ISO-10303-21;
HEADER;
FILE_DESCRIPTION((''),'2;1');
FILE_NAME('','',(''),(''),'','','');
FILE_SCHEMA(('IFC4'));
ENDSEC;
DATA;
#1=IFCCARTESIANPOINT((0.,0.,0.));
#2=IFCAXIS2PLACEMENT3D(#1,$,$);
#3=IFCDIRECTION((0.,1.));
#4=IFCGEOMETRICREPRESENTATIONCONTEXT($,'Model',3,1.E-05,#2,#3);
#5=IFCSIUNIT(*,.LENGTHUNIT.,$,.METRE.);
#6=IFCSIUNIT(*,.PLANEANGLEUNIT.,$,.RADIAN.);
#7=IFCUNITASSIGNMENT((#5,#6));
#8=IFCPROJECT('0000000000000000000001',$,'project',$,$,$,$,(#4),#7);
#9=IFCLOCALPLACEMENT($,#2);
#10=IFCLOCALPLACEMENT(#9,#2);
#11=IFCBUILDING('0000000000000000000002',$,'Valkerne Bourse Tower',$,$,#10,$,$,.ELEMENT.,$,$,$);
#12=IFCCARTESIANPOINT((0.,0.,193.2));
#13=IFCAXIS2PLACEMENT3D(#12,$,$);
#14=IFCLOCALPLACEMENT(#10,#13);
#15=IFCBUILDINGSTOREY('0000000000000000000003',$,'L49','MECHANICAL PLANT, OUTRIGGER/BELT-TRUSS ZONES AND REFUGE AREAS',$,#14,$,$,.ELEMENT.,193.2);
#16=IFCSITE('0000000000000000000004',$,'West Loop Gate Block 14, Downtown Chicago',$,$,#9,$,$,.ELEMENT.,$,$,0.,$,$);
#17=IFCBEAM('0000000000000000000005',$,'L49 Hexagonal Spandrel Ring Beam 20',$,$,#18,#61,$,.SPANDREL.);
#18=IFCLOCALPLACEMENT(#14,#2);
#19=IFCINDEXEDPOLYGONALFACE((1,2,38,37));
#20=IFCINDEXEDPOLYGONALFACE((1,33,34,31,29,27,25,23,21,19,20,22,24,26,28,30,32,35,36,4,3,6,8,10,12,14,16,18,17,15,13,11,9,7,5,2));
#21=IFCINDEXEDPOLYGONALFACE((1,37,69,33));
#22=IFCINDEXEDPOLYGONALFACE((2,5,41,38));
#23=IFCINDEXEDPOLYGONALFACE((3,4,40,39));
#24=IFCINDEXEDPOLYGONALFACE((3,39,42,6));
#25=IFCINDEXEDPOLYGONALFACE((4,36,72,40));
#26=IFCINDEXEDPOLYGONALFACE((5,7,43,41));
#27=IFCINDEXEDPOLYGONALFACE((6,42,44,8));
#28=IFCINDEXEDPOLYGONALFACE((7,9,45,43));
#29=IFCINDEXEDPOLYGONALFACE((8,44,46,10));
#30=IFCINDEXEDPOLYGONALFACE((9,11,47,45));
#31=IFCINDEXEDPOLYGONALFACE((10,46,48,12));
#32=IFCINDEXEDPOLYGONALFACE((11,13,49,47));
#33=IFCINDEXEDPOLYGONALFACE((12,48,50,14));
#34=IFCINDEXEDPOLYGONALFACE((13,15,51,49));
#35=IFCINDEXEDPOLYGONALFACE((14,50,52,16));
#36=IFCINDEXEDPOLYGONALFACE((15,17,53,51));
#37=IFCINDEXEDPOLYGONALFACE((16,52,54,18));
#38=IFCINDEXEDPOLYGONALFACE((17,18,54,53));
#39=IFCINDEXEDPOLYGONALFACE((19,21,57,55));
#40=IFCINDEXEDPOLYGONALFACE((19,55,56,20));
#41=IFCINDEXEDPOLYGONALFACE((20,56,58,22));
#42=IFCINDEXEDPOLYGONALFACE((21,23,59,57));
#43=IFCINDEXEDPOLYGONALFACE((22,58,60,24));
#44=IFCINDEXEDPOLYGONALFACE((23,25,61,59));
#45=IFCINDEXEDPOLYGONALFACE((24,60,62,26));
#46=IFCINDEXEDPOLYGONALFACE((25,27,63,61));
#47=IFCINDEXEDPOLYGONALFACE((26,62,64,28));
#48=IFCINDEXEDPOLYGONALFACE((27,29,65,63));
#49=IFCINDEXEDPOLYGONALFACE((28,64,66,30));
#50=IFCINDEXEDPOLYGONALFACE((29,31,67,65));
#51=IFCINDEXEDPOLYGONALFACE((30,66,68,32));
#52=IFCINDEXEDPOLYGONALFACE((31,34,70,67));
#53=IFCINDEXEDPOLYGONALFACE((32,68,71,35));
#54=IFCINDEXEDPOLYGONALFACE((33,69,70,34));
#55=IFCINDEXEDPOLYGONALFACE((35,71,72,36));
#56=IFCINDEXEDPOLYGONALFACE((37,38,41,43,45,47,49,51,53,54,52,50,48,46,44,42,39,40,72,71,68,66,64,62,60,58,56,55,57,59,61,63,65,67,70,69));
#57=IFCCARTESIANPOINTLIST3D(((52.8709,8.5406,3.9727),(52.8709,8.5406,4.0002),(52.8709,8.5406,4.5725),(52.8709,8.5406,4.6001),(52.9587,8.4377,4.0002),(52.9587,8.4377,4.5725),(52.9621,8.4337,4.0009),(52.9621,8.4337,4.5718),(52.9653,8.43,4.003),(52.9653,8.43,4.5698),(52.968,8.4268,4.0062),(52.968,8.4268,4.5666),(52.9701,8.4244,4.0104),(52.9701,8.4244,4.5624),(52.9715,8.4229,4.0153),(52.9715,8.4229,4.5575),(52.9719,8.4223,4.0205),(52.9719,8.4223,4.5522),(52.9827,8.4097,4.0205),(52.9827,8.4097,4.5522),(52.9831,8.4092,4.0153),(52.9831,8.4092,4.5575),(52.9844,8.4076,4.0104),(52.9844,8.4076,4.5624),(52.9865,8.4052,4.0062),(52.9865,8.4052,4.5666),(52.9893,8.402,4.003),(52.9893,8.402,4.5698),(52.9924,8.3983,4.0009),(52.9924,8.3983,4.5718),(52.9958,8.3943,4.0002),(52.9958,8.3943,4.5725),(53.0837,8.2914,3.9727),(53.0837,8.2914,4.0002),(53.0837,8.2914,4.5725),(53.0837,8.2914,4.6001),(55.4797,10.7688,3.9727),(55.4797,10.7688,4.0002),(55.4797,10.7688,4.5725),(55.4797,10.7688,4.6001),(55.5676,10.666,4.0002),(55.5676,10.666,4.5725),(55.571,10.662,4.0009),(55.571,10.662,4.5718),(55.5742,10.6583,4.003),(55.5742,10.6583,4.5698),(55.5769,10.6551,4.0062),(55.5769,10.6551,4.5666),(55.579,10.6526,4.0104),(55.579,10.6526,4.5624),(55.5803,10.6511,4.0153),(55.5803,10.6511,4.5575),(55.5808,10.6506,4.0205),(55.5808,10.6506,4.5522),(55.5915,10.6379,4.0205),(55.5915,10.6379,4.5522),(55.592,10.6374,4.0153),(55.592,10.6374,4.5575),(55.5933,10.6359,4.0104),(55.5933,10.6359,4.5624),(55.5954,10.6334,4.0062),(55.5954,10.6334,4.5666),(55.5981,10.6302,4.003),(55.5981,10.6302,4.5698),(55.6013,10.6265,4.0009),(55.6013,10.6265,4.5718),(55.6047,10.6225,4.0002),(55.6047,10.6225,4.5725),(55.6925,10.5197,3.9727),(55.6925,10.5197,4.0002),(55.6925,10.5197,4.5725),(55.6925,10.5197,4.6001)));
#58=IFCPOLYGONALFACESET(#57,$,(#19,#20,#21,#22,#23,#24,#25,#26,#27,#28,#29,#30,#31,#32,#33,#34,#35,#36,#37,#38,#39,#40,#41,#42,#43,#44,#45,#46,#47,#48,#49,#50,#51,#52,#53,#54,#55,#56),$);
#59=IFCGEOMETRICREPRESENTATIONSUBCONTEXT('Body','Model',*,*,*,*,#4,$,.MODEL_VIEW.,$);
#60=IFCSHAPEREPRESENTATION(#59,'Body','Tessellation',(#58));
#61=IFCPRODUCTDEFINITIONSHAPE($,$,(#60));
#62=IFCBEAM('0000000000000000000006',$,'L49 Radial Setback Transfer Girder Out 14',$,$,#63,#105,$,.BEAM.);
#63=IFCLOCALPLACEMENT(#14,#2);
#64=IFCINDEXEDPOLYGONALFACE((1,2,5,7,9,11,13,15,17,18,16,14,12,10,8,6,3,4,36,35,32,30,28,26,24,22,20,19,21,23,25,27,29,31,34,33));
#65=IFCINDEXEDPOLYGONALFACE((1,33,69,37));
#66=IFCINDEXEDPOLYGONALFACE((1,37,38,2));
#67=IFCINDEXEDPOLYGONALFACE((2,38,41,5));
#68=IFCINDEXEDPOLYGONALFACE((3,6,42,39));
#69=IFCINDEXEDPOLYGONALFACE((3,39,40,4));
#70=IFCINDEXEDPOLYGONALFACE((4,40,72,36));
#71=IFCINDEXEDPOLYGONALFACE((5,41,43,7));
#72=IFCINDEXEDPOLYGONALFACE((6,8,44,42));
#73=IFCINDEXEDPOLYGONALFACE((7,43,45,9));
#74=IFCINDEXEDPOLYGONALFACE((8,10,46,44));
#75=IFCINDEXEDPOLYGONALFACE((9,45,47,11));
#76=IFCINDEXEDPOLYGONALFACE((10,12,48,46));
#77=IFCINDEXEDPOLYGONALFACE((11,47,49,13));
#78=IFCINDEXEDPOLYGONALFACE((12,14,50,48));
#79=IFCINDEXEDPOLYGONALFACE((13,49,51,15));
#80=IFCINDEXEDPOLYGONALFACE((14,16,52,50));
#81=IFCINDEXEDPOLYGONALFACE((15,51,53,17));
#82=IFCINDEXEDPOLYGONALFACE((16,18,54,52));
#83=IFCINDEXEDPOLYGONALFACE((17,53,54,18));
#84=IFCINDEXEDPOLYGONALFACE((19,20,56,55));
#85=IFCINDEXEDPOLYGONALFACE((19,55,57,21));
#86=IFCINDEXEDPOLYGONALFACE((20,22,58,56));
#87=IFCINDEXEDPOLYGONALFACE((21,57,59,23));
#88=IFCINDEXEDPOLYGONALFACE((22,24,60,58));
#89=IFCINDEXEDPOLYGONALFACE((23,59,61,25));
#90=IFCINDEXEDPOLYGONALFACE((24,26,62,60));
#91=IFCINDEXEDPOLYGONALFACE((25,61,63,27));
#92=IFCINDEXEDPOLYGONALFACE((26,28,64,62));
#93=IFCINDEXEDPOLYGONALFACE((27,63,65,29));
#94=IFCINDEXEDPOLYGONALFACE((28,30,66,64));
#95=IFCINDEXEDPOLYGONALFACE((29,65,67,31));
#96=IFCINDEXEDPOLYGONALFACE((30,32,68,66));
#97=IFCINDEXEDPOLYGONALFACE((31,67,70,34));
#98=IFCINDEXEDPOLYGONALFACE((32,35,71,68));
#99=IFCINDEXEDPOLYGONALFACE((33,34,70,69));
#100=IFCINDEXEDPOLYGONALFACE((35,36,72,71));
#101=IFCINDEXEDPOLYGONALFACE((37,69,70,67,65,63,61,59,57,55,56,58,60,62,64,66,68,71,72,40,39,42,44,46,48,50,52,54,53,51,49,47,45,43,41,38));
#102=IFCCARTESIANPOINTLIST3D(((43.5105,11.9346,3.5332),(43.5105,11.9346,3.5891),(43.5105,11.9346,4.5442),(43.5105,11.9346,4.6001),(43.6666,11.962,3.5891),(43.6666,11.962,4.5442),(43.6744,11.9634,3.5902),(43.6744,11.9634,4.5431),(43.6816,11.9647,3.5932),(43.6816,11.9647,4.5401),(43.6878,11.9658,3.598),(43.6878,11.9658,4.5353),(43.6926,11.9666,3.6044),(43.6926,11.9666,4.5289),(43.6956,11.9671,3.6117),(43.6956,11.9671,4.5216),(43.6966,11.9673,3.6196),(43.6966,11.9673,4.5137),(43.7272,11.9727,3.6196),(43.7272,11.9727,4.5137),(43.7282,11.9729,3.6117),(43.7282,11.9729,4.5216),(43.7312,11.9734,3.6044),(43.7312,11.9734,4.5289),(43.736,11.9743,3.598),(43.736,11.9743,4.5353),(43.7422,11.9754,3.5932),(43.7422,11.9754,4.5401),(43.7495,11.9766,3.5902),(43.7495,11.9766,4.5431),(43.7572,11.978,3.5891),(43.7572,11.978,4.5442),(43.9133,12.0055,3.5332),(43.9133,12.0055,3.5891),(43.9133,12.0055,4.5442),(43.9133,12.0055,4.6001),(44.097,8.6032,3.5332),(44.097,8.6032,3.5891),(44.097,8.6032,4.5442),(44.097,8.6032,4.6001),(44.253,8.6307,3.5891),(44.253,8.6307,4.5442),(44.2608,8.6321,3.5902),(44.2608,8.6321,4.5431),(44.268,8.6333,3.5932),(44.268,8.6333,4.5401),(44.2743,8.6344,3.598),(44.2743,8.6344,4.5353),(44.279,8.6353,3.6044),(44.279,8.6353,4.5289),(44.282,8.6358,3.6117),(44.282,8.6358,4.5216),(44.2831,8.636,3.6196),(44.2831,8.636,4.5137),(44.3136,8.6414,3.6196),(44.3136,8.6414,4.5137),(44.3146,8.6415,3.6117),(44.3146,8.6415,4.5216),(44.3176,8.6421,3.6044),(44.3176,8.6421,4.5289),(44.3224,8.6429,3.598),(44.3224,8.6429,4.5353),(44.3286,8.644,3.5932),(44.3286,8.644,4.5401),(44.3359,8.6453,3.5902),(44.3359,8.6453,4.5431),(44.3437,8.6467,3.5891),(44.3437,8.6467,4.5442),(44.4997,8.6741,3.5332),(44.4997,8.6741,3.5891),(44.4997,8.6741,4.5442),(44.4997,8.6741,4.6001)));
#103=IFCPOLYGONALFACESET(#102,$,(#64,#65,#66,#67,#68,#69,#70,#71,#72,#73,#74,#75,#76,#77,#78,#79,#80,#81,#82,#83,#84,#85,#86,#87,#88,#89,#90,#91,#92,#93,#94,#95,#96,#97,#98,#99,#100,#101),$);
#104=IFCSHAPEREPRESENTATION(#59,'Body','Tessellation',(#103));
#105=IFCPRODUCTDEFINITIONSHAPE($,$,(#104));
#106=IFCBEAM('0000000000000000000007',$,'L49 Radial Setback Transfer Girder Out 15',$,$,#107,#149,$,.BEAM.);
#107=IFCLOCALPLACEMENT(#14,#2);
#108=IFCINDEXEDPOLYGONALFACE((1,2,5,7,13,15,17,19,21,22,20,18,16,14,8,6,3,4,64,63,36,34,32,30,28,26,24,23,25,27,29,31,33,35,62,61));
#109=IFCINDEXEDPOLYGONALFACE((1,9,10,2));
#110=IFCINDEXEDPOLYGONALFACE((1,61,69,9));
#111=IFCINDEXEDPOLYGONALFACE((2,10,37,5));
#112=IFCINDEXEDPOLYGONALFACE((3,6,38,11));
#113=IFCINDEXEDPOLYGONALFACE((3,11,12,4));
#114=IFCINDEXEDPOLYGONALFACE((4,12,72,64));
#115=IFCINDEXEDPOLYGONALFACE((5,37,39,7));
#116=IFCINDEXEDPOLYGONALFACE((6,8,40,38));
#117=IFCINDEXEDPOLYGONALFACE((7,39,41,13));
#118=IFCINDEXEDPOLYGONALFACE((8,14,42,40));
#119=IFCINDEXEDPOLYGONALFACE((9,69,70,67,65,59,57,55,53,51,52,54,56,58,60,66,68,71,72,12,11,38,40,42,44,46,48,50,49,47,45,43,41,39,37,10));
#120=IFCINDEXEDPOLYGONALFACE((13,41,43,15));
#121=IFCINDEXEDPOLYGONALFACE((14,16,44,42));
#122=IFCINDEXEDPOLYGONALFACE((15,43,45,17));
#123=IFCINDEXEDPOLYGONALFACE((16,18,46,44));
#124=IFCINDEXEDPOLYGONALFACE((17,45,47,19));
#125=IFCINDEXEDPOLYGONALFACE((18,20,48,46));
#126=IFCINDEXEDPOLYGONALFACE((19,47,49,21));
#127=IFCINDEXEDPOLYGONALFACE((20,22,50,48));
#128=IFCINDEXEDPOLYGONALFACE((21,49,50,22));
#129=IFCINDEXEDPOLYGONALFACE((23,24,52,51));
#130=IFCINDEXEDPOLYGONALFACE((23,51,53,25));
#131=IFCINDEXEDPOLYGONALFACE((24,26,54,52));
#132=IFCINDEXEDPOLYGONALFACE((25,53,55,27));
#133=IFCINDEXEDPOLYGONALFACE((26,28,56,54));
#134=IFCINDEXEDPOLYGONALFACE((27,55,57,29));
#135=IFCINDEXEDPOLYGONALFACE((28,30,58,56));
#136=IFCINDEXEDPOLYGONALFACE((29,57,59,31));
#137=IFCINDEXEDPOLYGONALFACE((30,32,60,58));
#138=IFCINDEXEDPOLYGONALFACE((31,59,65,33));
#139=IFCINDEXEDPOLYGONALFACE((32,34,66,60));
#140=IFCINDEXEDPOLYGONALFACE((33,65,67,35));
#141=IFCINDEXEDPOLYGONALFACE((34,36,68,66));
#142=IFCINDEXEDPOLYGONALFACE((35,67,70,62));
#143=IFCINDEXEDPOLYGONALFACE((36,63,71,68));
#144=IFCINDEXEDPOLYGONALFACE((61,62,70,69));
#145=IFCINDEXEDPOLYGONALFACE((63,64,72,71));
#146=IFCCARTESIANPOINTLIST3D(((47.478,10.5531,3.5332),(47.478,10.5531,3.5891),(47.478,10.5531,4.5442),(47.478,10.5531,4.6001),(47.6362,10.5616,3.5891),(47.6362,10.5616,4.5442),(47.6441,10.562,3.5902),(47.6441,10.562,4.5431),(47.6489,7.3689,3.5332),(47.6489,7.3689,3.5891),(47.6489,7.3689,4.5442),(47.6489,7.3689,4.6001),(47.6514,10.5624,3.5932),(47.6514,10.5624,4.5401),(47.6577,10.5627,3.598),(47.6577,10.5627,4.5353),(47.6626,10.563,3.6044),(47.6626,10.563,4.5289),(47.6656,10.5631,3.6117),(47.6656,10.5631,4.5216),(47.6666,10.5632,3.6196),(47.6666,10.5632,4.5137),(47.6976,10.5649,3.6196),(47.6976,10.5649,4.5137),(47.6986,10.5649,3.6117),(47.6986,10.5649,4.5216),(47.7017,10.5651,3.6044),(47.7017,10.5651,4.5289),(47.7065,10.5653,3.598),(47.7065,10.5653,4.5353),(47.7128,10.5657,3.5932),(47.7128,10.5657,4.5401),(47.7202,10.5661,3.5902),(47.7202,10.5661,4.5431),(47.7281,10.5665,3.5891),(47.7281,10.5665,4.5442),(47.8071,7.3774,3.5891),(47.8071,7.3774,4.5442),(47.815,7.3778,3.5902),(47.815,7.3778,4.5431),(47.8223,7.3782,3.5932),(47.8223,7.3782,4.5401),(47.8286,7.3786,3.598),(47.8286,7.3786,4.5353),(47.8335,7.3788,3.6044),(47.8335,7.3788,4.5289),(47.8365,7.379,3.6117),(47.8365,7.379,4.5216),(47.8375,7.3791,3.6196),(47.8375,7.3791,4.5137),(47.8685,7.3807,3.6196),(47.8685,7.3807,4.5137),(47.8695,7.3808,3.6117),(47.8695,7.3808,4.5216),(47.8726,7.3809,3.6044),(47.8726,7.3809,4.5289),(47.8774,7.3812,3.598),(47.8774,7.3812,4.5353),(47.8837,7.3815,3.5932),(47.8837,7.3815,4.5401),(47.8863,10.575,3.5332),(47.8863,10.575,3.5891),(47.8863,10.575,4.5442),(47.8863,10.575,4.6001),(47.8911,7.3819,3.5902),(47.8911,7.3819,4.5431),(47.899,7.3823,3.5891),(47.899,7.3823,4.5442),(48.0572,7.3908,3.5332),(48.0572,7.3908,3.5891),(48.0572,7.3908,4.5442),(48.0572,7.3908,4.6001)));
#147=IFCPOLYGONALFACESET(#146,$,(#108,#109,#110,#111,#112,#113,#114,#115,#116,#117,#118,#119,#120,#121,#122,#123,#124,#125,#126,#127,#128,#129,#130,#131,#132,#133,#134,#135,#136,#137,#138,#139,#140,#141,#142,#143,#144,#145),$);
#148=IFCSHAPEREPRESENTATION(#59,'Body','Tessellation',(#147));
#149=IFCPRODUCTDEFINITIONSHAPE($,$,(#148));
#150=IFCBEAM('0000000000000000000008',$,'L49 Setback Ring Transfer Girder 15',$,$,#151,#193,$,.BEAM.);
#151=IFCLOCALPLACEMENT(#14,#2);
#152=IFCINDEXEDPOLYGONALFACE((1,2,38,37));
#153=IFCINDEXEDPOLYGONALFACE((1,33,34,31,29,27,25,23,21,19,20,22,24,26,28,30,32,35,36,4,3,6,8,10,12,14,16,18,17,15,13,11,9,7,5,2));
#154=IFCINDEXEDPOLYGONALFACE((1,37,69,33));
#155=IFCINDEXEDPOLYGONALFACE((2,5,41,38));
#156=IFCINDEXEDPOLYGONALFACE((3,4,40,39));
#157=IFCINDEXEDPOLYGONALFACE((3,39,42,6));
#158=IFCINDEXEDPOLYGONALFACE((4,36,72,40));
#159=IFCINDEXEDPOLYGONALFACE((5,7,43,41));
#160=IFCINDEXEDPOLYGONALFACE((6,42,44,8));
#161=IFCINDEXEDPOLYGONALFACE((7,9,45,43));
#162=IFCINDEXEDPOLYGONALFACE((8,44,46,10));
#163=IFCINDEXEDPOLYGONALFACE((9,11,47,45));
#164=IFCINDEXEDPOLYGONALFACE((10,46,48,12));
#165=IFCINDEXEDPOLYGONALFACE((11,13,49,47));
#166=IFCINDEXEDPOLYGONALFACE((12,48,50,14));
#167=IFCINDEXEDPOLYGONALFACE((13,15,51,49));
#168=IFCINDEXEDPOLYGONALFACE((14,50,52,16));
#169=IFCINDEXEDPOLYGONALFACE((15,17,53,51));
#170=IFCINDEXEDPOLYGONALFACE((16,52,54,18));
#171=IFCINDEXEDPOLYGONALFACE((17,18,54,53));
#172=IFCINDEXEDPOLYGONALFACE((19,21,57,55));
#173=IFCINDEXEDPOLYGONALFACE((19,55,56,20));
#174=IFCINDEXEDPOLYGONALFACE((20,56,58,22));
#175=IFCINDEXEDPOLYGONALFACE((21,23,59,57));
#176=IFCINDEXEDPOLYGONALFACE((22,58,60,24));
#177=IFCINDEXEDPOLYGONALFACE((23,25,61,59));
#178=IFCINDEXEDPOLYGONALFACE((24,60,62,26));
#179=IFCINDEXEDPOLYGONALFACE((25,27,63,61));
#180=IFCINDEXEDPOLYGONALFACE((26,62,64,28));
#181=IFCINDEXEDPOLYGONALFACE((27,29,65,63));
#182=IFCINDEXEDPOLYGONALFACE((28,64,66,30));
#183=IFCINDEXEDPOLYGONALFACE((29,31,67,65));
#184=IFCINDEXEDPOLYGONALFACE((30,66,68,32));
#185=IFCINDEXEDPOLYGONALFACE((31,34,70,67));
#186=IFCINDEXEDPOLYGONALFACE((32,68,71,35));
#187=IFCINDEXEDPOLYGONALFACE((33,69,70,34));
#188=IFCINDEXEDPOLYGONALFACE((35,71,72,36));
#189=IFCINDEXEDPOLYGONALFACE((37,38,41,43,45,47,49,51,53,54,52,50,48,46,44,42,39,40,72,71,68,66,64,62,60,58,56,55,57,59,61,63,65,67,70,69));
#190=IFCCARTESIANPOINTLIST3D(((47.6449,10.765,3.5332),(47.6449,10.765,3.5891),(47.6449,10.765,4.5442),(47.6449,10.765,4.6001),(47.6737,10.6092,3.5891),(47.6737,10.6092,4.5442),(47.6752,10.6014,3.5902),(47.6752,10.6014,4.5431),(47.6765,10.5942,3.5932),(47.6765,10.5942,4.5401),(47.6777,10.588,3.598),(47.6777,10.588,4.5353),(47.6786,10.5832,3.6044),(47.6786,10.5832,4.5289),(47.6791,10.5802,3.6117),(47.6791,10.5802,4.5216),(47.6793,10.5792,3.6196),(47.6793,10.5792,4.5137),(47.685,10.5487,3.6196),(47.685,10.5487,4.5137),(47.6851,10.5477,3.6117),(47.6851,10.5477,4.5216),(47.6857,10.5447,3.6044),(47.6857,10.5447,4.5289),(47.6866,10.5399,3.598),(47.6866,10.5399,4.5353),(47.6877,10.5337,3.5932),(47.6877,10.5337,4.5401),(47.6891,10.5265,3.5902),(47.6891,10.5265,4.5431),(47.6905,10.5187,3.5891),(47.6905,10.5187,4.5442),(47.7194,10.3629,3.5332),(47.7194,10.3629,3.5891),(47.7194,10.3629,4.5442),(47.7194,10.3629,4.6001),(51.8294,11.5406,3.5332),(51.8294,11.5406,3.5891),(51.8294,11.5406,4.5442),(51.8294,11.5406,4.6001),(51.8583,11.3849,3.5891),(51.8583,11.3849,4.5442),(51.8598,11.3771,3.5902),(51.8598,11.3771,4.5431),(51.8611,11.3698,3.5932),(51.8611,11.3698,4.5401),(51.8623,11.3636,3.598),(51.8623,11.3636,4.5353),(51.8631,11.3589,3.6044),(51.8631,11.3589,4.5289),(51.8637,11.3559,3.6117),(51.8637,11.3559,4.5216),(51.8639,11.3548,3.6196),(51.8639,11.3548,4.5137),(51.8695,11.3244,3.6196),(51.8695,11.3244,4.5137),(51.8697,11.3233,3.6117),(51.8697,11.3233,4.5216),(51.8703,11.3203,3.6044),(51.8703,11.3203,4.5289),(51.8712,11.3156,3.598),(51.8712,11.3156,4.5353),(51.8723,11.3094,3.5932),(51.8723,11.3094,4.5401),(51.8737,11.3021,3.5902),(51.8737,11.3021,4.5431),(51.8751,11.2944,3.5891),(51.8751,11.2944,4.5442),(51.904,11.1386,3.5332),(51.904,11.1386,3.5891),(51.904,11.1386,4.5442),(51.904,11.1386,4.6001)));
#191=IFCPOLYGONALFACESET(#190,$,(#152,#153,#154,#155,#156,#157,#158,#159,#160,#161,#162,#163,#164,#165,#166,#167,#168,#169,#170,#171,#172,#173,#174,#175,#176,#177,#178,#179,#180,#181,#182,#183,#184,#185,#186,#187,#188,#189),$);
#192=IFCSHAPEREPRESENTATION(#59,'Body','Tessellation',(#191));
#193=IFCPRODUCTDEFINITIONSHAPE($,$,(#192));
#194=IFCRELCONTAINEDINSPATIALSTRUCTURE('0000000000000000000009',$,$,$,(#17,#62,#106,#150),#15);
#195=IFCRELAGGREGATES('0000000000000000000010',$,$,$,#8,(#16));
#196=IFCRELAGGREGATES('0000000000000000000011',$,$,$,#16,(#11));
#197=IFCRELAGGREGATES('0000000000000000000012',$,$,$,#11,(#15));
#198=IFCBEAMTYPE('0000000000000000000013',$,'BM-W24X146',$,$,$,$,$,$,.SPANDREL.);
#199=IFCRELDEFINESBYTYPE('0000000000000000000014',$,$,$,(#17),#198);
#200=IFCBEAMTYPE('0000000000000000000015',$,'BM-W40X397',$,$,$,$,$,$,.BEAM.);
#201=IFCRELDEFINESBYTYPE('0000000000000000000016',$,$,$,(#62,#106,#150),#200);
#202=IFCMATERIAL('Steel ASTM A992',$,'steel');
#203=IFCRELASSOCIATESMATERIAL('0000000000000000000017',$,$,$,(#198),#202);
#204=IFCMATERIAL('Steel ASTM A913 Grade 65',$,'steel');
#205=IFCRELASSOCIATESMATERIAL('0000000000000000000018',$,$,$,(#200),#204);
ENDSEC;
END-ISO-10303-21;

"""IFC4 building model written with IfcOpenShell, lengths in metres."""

from ifc_helpers import new_model, si_unit, direction, frame, origin, origin_2d, place, context, subcontext, project, spatial, i_section, extrude, material, material_profile, profile_set, type_object, element, save


model = new_model("IFC4")

# Units and contexts
model_context = context("Model", 3, precision=1e-05, world=origin(), true_north=direction((0.0, 1.0)))
body_context = subcontext(model_context, "Body", "Model", "MODEL_VIEW")
ifc_project = project(units=[si_unit("LENGTHUNIT", "METRE"), si_unit("PLANEANGLEUNIT", "RADIAN")], contexts=[model_context])

# Site, building, storey
site_placement = place(None, origin())
site = spatial("IfcSite", under=ifc_project, at=site_placement, Name="West Loop Gate Block 14, Downtown Chicago", CompositionType="ELEMENT", RefElevation=0.0)
building_placement = place(site_placement, origin())
building = spatial("IfcBuilding", under=site, at=building_placement, Name="Valkerne Bourse Tower", CompositionType="ELEMENT")
storey_placement = place(building_placement, frame((0.0, 0.0, 193.2)))
storey = spatial("IfcBuildingStorey", under=building, at=storey_placement, Name="L49", Description="MECHANICAL PLANT, OUTRIGGER/BELT-TRUSS ZONES AND REFUGE AREAS", CompositionType="ELEMENT", Elevation=193.2)

# Shared definitions
ifc_material_1 = material(Name="Steel ASTM A913 Grade 65", Category="steel")

# Beams
ifc_material_2 = material(Name="Steel ASTM A992", Category="steel")
ifc_material_profile_1 = material_profile(ifc_material_2, i_section(OverallWidth=0.3276, OverallDepth=0.6274, WebThickness=0.0166, FlangeThickness=0.0276, FilletRadius=0.0203, at=origin_2d()), Name="W24X146")
ifc_profile_set_1 = profile_set([ifc_material_profile_1], Name="Steel ASTM A992")
beam_type_1 = type_object("IfcBeamType", Name="BM-W24X146", PredefinedType="SPANDREL", material=ifc_profile_set_1)
beam_1_placement = place(storey_placement, frame((52.9773, 8.416, 4.2864), z_axis=(0.760396, 0.64946, 0.0), x_axis=(-0.64946, 0.760396, 0.0)))
element("IfcBeam", 1, at=beam_1_placement, inside=storey, type_object=beam_type_1, Name="L49 Hexagonal Spandrel Ring Beam 20", PredefinedType="SPANDREL", context=body_context, shape_type="SweptSolid", body=[
    extrude(i_section(OverallWidth=0.3276, OverallDepth=0.6274, WebThickness=0.0166, FlangeThickness=0.0276, FilletRadius=0.0203, at=origin_2d()), origin(), (0.0, 0.0, 1.0), 3.4309),
])
ifc_material_profile_2 = material_profile(ifc_material_1, i_section(OverallWidth=0.4089, OverallDepth=1.0669, WebThickness=0.031, FlangeThickness=0.0559, FilletRadius=0.0305, at=origin_2d()), Name="W40X397")
ifc_profile_set_2 = profile_set([ifc_material_profile_2], Name="Steel ASTM A913 Grade 65")
beam_type_2 = type_object("IfcBeamType", Name="BM-W40X397", PredefinedType="BEAM", material=ifc_profile_set_2)
beam_2_placement = place(storey_placement, frame((44.2983, 8.6387, 4.0667), z_axis=(-0.173369, 0.984857, 0.0), x_axis=(-0.984857, -0.173369, 0.0)))
element("IfcBeam", 2, at=beam_2_placement, inside=storey, type_object=beam_type_2, Name="L49 Radial Setback Transfer Girder Out 14", PredefinedType="BEAM", context=body_context, shape_type="SweptSolid", body=[
    extrude(i_section(OverallWidth=0.4089, OverallDepth=1.0669, WebThickness=0.031, FlangeThickness=0.0559, FilletRadius=0.0305, at=origin_2d()), origin(), (0.0, 0.0, 1.0), 3.3826),
])
beam_3_placement = place(storey_placement, frame((47.853, 7.3799, 4.0667), z_axis=(-0.053596, 0.998563, 0.0), x_axis=(-0.998563, -0.053596, 0.0)))
element("IfcBeam", 3, at=beam_3_placement, inside=storey, type_object=beam_type_2, Name="L49 Radial Setback Transfer Girder Out 15", PredefinedType="BEAM", context=body_context, shape_type="SweptSolid", body=[
    extrude(i_section(OverallWidth=0.4089, OverallDepth=1.0669, WebThickness=0.031, FlangeThickness=0.0559, FilletRadius=0.0305, at=origin_2d()), origin(), (0.0, 0.0, 1.0), 3.1887),
])
beam_4_placement = place(storey_placement, frame((47.6821, 10.564, 4.0667), z_axis=(0.983252, 0.182252, 0.0), x_axis=(-0.182252, 0.983252, 0.0)))
element("IfcBeam", 4, at=beam_4_placement, inside=storey, type_object=beam_type_2, Name="L49 Setback Ring Transfer Girder 15", PredefinedType="BEAM", context=body_context, shape_type="SweptSolid", body=[
    extrude(i_section(OverallWidth=0.4089, OverallDepth=1.0669, WebThickness=0.031, FlangeThickness=0.0559, FilletRadius=0.0305, at=origin_2d()), origin(), (0.0, 0.0, 1.0), 4.2559),
])

save(model, "model.ifc")
